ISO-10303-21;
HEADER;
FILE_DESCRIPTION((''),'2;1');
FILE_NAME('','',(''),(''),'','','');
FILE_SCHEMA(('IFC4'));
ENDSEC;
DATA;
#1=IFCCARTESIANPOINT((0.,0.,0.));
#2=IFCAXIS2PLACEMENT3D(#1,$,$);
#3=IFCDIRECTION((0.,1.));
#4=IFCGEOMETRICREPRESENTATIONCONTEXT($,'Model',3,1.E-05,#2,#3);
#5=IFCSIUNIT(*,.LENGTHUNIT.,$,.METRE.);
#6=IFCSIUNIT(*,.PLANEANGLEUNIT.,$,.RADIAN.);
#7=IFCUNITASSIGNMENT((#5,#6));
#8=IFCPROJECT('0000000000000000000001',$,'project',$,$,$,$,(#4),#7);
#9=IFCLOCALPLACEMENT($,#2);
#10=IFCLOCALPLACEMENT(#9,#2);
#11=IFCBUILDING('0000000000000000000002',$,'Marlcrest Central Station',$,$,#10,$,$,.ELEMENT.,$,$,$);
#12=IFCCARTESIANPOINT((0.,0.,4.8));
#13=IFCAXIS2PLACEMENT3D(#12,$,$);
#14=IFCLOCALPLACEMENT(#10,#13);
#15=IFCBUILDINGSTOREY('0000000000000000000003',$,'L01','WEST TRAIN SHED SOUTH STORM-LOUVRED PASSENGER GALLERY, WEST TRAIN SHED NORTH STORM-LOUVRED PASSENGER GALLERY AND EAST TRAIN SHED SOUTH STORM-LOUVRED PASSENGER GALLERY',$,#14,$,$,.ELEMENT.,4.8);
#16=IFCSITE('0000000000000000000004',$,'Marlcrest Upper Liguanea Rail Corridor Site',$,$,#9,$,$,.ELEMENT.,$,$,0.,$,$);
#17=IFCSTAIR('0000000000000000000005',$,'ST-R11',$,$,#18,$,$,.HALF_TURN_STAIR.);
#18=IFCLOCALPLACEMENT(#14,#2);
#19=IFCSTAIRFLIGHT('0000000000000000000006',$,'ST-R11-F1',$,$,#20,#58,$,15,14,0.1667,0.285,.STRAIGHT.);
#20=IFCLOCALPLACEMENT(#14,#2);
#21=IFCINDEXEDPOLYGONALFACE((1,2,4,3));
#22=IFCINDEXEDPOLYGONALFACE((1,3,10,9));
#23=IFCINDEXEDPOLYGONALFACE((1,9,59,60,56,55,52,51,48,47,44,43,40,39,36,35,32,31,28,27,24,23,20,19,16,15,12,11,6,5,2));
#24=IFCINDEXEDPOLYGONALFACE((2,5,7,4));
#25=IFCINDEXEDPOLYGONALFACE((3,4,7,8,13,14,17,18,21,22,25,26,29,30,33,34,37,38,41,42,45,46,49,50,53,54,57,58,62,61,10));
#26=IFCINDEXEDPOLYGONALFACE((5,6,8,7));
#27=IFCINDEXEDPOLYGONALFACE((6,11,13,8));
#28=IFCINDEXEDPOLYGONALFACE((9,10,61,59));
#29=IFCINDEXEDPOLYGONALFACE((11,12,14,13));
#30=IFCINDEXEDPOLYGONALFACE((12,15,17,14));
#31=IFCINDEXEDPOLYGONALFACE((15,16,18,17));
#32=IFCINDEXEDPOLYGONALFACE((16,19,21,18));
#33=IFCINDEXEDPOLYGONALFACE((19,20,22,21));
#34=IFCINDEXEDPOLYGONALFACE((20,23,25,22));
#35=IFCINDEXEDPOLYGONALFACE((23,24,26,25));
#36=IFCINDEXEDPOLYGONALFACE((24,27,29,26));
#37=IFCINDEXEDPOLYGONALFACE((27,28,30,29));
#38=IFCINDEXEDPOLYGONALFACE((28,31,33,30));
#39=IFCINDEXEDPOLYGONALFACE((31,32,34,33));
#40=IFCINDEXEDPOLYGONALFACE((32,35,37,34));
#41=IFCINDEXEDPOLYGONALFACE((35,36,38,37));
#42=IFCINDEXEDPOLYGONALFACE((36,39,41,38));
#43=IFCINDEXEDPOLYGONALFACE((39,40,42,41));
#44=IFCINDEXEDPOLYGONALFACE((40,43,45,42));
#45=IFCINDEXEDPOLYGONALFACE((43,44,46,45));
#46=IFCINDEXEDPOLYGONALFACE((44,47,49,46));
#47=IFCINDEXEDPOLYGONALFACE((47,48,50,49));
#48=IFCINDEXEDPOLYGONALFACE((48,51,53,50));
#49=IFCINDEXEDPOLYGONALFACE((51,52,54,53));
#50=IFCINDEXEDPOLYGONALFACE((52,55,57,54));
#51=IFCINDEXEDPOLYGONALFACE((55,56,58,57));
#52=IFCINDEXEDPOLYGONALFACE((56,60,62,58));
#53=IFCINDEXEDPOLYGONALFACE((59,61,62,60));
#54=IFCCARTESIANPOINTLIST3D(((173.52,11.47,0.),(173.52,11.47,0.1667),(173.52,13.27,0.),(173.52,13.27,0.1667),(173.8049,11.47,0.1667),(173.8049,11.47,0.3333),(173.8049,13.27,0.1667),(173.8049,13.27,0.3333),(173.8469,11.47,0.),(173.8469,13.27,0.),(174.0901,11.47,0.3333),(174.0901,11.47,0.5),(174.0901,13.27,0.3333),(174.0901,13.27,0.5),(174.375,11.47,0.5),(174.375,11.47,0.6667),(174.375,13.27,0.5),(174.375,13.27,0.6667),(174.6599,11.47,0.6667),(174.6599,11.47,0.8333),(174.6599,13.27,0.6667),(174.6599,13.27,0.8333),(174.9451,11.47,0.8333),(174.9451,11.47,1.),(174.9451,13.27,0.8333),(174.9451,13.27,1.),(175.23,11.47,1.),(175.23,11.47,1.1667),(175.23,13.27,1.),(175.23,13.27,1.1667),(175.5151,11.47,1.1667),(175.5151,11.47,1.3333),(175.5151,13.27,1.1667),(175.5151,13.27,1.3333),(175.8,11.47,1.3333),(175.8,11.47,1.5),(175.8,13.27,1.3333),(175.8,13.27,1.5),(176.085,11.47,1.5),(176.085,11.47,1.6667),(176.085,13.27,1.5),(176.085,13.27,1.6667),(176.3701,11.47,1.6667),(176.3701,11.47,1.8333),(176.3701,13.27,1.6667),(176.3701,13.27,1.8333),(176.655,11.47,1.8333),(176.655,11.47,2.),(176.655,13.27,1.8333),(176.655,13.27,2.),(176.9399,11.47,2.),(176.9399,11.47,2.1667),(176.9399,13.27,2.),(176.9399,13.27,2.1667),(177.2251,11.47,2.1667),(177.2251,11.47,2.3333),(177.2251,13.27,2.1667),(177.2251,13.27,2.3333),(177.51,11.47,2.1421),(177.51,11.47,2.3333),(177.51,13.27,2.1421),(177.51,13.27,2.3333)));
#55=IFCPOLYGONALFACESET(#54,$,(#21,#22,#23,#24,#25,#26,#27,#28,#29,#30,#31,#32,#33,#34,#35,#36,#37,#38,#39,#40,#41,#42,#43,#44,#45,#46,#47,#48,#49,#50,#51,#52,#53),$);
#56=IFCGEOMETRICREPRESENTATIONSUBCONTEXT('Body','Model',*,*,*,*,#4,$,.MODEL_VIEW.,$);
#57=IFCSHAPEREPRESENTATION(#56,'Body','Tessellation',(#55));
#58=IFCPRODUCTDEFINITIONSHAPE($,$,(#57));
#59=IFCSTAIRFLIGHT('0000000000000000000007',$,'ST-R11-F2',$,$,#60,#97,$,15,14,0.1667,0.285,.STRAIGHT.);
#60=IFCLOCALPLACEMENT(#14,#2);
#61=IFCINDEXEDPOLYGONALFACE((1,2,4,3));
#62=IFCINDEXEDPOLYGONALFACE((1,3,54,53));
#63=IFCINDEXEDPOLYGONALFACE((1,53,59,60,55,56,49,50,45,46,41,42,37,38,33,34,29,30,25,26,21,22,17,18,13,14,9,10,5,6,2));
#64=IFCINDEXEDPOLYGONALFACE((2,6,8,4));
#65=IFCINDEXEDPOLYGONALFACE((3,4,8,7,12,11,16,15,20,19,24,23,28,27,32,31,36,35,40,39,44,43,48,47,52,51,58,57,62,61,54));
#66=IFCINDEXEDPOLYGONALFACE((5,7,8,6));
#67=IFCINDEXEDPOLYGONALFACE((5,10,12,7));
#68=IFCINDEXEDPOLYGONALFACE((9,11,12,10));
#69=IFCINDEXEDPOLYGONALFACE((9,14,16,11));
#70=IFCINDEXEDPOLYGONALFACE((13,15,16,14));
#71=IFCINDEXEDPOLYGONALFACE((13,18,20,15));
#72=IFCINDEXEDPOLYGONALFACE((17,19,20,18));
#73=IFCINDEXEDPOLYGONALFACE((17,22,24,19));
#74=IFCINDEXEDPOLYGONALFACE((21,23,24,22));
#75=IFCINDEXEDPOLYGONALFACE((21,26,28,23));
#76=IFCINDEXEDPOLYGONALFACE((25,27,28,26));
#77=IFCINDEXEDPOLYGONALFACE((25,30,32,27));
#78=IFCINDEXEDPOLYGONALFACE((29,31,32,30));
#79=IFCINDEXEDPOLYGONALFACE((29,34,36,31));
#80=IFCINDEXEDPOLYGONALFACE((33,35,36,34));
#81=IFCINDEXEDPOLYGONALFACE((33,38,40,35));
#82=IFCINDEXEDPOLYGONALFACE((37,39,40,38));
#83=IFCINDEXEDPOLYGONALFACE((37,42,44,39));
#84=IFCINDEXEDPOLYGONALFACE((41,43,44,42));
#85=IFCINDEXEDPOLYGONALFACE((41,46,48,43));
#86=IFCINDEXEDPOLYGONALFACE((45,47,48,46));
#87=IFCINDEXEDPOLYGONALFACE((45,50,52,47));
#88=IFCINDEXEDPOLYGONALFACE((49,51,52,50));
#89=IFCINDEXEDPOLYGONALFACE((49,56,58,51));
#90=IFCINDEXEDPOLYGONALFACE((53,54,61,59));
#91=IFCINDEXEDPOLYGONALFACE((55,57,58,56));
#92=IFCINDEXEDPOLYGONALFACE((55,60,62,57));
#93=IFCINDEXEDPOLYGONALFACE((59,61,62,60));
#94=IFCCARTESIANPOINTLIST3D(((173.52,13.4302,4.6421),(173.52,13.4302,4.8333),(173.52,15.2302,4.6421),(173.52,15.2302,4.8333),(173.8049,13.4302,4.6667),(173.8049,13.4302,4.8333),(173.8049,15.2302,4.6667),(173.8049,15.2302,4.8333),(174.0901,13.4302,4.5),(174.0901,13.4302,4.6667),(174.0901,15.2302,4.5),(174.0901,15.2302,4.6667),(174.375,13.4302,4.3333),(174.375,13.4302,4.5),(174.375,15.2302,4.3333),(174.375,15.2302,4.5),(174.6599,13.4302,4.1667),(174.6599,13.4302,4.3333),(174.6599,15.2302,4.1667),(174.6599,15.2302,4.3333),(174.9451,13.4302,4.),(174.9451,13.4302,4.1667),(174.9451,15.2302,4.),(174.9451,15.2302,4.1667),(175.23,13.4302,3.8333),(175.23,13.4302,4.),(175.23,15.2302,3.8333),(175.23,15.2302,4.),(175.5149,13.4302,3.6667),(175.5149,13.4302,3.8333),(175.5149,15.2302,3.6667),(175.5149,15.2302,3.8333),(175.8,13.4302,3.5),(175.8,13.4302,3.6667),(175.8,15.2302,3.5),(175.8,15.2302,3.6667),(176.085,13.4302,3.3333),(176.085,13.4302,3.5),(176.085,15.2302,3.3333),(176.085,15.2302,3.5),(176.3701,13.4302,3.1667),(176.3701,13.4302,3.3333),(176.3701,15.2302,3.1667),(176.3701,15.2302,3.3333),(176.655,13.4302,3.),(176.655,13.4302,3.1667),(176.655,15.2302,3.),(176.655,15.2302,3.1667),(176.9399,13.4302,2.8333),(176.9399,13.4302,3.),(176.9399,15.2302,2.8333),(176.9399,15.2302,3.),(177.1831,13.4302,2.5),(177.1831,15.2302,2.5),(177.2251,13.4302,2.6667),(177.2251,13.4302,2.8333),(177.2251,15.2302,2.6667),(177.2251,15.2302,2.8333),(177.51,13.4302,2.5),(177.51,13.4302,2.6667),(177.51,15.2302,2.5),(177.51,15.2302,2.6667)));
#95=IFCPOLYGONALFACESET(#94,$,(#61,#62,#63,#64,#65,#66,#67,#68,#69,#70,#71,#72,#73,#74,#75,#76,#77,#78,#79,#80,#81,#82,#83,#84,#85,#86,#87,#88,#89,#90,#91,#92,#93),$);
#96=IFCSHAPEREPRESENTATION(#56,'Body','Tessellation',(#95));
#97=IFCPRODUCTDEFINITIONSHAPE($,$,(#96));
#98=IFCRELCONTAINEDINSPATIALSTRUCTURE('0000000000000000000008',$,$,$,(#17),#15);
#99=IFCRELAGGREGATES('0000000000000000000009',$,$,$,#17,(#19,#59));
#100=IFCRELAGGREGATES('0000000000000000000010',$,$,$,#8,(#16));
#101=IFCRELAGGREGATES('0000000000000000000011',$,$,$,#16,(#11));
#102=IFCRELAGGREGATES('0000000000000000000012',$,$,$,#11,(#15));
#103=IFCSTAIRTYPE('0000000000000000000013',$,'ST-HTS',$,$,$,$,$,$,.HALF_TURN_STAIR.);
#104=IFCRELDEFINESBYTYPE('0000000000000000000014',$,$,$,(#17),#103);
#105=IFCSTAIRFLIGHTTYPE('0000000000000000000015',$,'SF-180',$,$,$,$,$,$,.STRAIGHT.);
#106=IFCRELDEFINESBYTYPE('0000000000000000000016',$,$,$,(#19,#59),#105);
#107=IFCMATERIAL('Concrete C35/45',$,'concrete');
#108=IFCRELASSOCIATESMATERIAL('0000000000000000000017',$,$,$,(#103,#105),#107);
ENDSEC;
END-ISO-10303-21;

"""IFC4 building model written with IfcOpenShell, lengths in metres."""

from ifc_helpers import new_model, si_unit, direction, frame, origin, place, context, subcontext, project, spatial, polyline, outline, extrude, material, type_object, element, aggregate, save


model = new_model("IFC4")

# Units and contexts
model_context = context("Model", 3, precision=1e-05, world=origin(), true_north=direction((0.0, 1.0)))
body_context = subcontext(model_context, "Body", "Model", "MODEL_VIEW")
ifc_project = project(units=[si_unit("LENGTHUNIT", "METRE"), si_unit("PLANEANGLEUNIT", "RADIAN")], contexts=[model_context])

# Site, building, storey
site_placement = place(None, origin())
site = spatial("IfcSite", under=ifc_project, at=site_placement, Name="Marlcrest Upper Liguanea Rail Corridor Site", CompositionType="ELEMENT", RefElevation=0.0)
building_placement = place(site_placement, origin())
building = spatial("IfcBuilding", under=site, at=building_placement, Name="Marlcrest Central Station", CompositionType="ELEMENT")
storey_placement = place(building_placement, frame((0.0, 0.0, 4.8)))
storey = spatial("IfcBuildingStorey", under=building, at=storey_placement, Name="L01", Description="WEST TRAIN SHED SOUTH STORM-LOUVRED PASSENGER GALLERY, WEST TRAIN SHED NORTH STORM-LOUVRED PASSENGER GALLERY AND EAST TRAIN SHED SOUTH STORM-LOUVRED PASSENGER GALLERY", CompositionType="ELEMENT", Elevation=4.8)

# Stair, stair flights
ifc_material_1 = material(Name="Concrete C35/45", Category="concrete")
stair_type = type_object("IfcStairType", Name="ST-HTS", PredefinedType="HALF_TURN_STAIR", material=ifc_material_1)
stair_placement = place(storey_placement, origin())
stair = element("IfcStair", 1, at=stair_placement, inside=storey, type_object=stair_type, Name="ST-R11", PredefinedType="HALF_TURN_STAIR")
stair_flight_type = type_object("IfcStairFlightType", Name="SF-180", PredefinedType="STRAIGHT", material=ifc_material_1)
stair_flight_1_placement = place(storey_placement, frame((173.52, 12.3701, 0.0), z_axis=(0.0, 0.0, 1.0), x_axis=(1.0, 0.0, 0.0)))
stair_flight_1 = element("IfcStairFlight", 2, at=stair_flight_1_placement, type_object=stair_flight_type, Name="ST-R11-F1", NumberOfRisers=15, NumberOfTreads=14, PredefinedType="STRAIGHT", RiserHeight=0.1667, TreadLength=0.285, context=body_context, shape_type="SweptSolid", body=[
    extrude(outline(polyline([(0.0, 0.0), (0.0, 0.1667), (0.2849, 0.1667), (0.2849, 0.3333), (0.5701, 0.3333), (0.5701, 0.5), (0.855, 0.5), (0.855, 0.6667), (1.1399, 0.6667), (1.1399, 0.8333), (1.425, 0.8333), (1.425, 1.0), (1.71, 1.0), (1.71, 1.1667), (1.9951, 1.1667), (1.9951, 1.3333), (2.28, 1.3333), (2.28, 1.5), (2.5649, 1.5), (2.5649, 1.6667), (2.8501, 1.6667), (2.8501, 1.8333), (3.135, 1.8333), (3.135, 2.0), (3.4199, 2.0), (3.4199, 2.1667), (3.7051, 2.1667), (3.7051, 2.3333), (3.99, 2.3333), (3.99, 2.5), (3.99, 2.1421), (0.3269, 0.0), (0.0, 0.0)])), frame((0.0, 0.8999, 0.0), z_axis=(0.0, -1.0, 0.0), x_axis=(1.0, 0.0, 0.0)), (0.0, 0.0, 1.0), 1.8),
])
stair_flight_2_placement = place(storey_placement, frame((177.51, 14.3301, 2.5), z_axis=(0.0, 0.0, 1.0), x_axis=(-1.0, 0.0, 0.0)))
stair_flight_2 = element("IfcStairFlight", 3, at=stair_flight_2_placement, type_object=stair_flight_type, Name="ST-R11-F2", NumberOfRisers=15, NumberOfTreads=14, PredefinedType="STRAIGHT", RiserHeight=0.1667, TreadLength=0.285, context=body_context, shape_type="SweptSolid", body=[
    extrude(outline(polyline([(0.0, 0.0), (0.0, 0.1667), (0.2849, 0.1667), (0.2849, 0.3333), (0.5701, 0.3333), (0.5701, 0.5), (0.855, 0.5), (0.855, 0.6667), (1.1399, 0.6667), (1.1399, 0.8333), (1.425, 0.8333), (1.425, 1.0), (1.71, 1.0), (1.71, 1.1667), (1.9951, 1.1667), (1.9951, 1.3333), (2.28, 1.3333), (2.28, 1.5), (2.5649, 1.5), (2.5649, 1.6667), (2.8501, 1.6667), (2.8501, 1.8333), (3.135, 1.8333), (3.135, 2.0), (3.4199, 2.0), (3.4199, 2.1667), (3.7051, 2.1667), (3.7051, 2.3333), (3.99, 2.3333), (3.99, 2.5), (3.99, 2.1421), (0.3269, 0.0), (0.0, 0.0)])), frame((0.0, 0.8999, 0.0), z_axis=(0.0, -1.0, 0.0), x_axis=(1.0, 0.0, 0.0)), (0.0, 0.0, 1.0), 1.8),
])
aggregate(stair, [stair_flight_1, stair_flight_2])

save(model, "model.ifc")
